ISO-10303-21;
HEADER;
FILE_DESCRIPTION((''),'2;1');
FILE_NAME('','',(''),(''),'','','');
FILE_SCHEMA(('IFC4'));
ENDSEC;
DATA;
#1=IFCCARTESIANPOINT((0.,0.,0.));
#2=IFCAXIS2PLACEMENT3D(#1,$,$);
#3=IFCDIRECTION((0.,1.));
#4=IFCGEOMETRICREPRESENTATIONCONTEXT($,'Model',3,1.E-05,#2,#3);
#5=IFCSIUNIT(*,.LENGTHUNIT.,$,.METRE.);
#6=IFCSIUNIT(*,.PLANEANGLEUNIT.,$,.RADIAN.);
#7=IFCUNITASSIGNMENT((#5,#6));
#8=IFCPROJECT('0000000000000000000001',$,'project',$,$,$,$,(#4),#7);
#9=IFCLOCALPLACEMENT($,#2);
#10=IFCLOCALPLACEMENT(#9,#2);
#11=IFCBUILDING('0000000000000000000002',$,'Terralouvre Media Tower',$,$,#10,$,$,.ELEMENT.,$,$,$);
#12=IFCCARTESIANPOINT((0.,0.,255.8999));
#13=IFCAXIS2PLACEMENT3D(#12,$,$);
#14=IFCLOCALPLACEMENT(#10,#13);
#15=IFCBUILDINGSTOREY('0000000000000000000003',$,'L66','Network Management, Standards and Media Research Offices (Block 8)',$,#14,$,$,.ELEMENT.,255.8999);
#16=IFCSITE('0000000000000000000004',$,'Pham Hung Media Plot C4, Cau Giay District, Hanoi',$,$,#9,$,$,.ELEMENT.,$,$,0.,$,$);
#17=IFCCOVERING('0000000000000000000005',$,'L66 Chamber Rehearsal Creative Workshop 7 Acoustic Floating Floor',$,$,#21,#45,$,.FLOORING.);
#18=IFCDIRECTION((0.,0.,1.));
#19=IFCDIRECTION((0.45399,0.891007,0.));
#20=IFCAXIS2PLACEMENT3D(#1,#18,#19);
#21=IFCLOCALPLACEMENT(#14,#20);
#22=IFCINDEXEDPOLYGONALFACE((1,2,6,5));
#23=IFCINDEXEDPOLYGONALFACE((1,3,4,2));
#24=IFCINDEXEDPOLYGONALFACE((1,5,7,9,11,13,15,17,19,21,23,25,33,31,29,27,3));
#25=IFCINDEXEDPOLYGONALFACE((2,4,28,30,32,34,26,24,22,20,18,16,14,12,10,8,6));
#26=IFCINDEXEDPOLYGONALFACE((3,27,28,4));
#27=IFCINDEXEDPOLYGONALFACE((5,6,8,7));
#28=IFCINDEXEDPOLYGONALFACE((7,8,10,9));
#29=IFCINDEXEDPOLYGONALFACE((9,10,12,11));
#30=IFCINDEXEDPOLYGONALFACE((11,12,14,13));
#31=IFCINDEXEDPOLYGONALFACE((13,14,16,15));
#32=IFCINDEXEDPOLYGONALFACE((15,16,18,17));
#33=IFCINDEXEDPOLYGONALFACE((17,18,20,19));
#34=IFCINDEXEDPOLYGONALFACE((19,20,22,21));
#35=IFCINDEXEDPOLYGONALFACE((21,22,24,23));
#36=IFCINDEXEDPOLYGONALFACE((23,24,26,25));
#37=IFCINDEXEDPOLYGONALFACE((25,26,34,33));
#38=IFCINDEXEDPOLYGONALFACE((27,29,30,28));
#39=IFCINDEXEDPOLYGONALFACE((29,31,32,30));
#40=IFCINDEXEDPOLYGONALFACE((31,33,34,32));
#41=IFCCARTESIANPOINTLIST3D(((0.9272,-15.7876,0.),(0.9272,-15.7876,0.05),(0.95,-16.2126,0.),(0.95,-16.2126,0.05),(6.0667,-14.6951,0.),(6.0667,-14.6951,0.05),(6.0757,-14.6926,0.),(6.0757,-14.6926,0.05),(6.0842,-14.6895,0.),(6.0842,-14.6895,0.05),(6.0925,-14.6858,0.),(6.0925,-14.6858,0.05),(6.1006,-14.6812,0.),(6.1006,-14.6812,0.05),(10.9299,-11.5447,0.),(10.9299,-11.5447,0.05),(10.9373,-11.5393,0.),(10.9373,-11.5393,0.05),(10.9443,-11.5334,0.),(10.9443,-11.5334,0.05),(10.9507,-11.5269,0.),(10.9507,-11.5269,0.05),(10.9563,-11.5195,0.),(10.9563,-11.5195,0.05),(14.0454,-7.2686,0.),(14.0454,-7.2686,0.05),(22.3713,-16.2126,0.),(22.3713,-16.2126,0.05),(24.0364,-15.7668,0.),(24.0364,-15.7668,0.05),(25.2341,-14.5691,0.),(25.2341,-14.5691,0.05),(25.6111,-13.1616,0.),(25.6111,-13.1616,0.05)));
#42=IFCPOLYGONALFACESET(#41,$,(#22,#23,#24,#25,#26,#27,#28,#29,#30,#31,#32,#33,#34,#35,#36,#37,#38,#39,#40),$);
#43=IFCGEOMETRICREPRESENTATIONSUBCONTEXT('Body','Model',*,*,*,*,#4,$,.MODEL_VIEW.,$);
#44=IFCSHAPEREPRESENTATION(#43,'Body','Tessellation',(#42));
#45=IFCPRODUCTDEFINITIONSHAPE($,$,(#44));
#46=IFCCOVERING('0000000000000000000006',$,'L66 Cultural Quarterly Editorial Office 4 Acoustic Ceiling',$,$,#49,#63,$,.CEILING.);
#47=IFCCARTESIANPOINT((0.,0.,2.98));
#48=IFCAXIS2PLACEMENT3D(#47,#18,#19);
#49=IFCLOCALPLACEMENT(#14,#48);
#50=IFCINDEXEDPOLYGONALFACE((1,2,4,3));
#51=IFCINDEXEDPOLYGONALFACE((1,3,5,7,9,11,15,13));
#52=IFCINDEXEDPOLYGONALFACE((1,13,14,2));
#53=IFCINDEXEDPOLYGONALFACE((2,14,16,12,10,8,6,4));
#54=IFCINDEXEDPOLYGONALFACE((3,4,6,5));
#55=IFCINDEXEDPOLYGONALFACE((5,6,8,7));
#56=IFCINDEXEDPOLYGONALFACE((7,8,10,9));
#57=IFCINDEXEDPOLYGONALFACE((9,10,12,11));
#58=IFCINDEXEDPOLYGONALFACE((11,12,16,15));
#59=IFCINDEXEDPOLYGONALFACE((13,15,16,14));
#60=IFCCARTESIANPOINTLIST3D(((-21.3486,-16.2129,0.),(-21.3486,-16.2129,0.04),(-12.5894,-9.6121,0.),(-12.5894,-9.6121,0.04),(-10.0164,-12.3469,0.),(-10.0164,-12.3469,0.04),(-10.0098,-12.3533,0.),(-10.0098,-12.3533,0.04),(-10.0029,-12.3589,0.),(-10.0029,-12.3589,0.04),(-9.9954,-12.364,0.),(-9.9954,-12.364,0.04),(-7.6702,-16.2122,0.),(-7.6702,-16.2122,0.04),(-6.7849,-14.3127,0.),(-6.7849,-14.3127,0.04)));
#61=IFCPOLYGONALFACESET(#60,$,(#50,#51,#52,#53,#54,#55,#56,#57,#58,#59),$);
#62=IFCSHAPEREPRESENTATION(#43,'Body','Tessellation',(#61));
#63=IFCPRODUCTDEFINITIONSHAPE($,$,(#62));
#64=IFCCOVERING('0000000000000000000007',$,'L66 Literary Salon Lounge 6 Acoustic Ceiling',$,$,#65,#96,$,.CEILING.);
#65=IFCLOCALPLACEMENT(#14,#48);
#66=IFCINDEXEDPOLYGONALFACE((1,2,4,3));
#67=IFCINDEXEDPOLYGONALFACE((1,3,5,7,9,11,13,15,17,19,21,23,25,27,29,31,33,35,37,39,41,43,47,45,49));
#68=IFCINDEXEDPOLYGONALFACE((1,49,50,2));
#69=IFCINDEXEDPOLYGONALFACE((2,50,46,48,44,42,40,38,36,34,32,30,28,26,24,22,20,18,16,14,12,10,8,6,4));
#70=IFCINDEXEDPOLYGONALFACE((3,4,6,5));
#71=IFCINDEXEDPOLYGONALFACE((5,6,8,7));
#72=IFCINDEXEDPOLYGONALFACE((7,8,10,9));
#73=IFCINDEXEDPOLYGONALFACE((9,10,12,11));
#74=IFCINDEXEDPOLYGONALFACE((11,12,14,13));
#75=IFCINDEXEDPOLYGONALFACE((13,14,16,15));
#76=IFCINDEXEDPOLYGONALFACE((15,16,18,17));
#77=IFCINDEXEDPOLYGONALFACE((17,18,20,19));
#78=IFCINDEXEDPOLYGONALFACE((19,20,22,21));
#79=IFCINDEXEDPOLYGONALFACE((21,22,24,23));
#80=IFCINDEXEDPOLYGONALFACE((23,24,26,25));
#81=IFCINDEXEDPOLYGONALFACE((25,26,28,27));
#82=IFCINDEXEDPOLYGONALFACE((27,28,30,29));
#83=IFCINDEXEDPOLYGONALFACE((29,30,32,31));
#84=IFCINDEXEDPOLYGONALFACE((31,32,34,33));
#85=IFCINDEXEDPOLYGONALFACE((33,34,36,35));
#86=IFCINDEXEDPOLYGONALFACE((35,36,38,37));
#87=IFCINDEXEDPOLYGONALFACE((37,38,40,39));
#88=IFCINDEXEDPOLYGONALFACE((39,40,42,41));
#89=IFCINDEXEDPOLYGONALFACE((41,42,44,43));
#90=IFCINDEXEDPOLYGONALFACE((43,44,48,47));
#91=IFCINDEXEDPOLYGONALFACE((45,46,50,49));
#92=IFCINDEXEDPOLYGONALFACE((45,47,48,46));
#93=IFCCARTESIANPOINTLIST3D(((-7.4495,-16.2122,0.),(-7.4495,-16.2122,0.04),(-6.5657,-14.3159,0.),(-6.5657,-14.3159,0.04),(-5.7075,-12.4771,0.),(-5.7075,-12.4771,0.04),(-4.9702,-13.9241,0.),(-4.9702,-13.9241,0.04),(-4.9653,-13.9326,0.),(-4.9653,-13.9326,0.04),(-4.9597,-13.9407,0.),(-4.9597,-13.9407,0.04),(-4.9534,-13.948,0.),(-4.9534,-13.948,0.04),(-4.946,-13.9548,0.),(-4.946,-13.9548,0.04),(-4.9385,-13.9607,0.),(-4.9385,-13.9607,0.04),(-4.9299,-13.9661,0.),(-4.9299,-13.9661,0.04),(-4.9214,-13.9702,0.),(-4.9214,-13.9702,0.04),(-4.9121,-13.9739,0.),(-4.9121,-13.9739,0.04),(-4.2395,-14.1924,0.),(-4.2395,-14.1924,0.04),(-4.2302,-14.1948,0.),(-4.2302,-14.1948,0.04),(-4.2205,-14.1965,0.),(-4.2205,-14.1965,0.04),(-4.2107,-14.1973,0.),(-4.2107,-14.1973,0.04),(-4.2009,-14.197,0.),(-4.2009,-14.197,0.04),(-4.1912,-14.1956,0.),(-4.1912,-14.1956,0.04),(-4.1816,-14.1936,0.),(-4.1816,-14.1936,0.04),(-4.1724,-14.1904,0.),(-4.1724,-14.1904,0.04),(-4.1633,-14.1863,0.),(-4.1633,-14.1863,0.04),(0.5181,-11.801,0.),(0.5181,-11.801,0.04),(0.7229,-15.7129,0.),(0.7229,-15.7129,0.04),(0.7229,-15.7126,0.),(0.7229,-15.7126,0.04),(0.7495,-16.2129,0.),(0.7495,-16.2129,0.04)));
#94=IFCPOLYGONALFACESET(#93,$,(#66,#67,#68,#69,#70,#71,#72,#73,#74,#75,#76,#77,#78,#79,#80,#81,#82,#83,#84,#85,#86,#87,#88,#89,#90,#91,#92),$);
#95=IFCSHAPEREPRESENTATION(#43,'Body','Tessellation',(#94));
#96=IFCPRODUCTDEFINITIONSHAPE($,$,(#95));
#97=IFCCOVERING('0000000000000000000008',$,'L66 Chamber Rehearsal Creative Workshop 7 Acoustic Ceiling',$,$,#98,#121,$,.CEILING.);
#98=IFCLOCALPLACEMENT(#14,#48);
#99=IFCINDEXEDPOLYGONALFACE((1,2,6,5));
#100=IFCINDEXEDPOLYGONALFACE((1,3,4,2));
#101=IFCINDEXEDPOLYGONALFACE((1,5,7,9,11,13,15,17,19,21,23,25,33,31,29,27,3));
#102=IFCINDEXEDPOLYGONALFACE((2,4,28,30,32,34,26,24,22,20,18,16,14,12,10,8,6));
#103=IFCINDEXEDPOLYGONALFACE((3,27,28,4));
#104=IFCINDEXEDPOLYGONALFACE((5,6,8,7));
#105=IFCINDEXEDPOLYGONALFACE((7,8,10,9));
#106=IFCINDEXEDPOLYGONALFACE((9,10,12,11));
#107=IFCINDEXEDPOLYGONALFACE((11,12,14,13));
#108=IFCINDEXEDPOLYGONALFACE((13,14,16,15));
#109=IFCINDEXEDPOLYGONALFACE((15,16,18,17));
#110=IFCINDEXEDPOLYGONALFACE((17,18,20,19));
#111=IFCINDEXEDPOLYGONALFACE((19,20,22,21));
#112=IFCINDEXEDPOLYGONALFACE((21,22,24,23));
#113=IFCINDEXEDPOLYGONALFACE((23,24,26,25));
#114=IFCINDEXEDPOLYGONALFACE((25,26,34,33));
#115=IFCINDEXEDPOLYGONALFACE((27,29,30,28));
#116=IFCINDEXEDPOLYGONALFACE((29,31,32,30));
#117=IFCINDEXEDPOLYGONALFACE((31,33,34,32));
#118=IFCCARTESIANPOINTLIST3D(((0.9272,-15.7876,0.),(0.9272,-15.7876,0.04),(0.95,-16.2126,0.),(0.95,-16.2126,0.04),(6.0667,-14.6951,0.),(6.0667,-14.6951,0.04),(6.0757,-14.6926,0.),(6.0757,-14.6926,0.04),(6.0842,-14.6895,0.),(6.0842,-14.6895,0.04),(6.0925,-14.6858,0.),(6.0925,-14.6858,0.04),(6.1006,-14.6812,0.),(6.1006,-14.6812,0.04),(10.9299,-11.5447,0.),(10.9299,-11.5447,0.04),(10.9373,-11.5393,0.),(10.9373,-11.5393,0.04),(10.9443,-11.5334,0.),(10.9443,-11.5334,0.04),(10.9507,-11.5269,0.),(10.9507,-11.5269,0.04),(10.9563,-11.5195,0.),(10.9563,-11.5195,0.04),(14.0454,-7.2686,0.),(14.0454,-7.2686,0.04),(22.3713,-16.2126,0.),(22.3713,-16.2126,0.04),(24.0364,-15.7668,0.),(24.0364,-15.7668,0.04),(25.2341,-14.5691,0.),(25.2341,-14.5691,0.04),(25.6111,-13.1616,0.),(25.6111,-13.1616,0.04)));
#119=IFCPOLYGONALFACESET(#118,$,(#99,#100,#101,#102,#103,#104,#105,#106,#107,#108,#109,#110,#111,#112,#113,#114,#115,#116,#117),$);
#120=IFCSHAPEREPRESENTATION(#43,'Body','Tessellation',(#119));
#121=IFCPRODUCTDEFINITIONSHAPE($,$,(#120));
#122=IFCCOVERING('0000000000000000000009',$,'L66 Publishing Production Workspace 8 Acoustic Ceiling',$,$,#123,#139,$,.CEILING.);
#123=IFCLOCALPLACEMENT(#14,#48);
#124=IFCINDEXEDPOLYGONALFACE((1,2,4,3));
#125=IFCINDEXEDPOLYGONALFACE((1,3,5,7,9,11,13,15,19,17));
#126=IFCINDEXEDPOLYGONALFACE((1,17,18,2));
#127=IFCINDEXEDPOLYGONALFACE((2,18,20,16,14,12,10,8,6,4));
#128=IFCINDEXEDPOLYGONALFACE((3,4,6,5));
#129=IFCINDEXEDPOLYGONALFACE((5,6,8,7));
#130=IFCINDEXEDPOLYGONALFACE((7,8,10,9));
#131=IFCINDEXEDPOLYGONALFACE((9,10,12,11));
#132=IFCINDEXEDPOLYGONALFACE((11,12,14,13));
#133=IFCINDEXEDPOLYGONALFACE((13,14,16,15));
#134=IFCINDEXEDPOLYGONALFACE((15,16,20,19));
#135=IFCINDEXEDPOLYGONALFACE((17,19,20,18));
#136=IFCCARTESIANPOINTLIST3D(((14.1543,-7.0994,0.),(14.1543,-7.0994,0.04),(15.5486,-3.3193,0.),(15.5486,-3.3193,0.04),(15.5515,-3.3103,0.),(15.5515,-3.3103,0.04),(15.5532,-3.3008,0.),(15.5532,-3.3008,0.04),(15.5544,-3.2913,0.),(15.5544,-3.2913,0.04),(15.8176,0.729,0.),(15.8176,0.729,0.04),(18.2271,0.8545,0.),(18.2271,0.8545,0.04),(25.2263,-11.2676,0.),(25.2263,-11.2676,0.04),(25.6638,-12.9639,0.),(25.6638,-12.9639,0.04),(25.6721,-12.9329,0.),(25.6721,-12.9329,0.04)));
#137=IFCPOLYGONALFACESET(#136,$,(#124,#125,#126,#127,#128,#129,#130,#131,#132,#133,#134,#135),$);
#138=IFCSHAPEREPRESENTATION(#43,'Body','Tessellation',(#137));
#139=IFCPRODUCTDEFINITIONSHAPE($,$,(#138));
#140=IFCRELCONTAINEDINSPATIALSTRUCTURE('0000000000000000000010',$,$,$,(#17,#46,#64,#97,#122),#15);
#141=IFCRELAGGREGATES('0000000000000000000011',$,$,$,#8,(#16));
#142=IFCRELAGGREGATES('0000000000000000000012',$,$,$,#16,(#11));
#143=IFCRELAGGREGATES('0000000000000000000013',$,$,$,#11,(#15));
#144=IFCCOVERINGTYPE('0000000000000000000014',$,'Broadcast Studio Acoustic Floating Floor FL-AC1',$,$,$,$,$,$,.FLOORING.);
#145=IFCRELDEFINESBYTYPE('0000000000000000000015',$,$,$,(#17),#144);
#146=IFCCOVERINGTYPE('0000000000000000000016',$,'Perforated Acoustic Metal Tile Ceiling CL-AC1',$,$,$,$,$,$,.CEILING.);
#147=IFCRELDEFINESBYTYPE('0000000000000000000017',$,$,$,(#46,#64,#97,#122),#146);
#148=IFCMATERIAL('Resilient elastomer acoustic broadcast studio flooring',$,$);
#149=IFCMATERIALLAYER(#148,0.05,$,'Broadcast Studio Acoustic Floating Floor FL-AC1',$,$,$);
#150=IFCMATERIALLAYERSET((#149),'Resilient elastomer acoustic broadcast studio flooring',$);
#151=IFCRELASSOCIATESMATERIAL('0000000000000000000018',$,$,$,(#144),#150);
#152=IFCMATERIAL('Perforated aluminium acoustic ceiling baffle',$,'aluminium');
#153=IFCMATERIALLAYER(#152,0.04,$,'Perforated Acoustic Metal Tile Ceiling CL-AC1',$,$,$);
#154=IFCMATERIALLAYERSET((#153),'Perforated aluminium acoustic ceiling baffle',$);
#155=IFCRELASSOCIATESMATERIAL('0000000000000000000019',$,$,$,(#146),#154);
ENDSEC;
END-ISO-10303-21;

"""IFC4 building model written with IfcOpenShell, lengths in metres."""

from ifc_helpers import new_model, si_unit, direction, frame, origin, place, context, subcontext, project, spatial, polyline, outline, extrude, material, layer, layer_set, type_object, element, save


model = new_model("IFC4")

# Units and contexts
model_context = context("Model", 3, precision=1e-05, world=origin(), true_north=direction((0.0, 1.0)))
body_context = subcontext(model_context, "Body", "Model", "MODEL_VIEW")
ifc_project = project(units=[si_unit("LENGTHUNIT", "METRE"), si_unit("PLANEANGLEUNIT", "RADIAN")], contexts=[model_context])

# Site, building, storey
site_placement = place(None, origin())
site = spatial("IfcSite", under=ifc_project, at=site_placement, Name="Pham Hung Media Plot C4, Cau Giay District, Hanoi", CompositionType="ELEMENT", RefElevation=0.0)
building_placement = place(site_placement, origin())
building = spatial("IfcBuilding", under=site, at=building_placement, Name="Terralouvre Media Tower", CompositionType="ELEMENT")
storey_placement = place(building_placement, frame((0.0, 0.0, 255.8999)))
storey = spatial("IfcBuildingStorey", under=building, at=storey_placement, Name="L66", Description="Network Management, Standards and Media Research Offices (Block 8)", CompositionType="ELEMENT", Elevation=255.8999)

# Coverings
ifc_material_1 = material(Name="Resilient elastomer acoustic broadcast studio flooring")
ifc_layer_1 = layer(ifc_material_1, 0.05, Name="Broadcast Studio Acoustic Floating Floor FL-AC1")
ifc_layer_set_1 = layer_set([ifc_layer_1], Name="Resilient elastomer acoustic broadcast studio flooring")
covering_type_1 = type_object("IfcCoveringType", Name="Broadcast Studio Acoustic Floating Floor FL-AC1", PredefinedType="FLOORING", material=ifc_layer_set_1)
covering_1_placement = place(storey_placement, frame((0.0, 0.0, 0.0), z_axis=(0.0, 0.0, 1.0), x_axis=(0.45399, 0.891007, 0.0)))
element("IfcCovering", 1, at=covering_1_placement, inside=storey, type_object=covering_type_1, Name="L66 Chamber Rehearsal Creative Workshop 7 Acoustic Floating Floor", PredefinedType="FLOORING", context=body_context, shape_type="SweptSolid", body=[
    extrude(outline(polyline([(10.9563, -11.5195), (10.9507, -11.5269), (10.9443, -11.5334), (10.9373, -11.5393), (10.9299, -11.5447), (6.1006, -14.6812), (6.0925, -14.6858), (6.0842, -14.6895), (6.0757, -14.6926), (6.0667, -14.6951), (0.9272, -15.7876), (0.95, -16.2126), (22.3713, -16.2126), (24.0364, -15.7668), (25.2341, -14.5691), (25.6111, -13.1616), (14.0454, -7.2686), (10.9563, -11.5195)])), origin(), (0.0, 0.0, 1.0), 0.05),
])
ifc_material_2 = material(Name="Perforated aluminium acoustic ceiling baffle", Category="aluminium")
ifc_layer_2 = layer(ifc_material_2, 0.04, Name="Perforated Acoustic Metal Tile Ceiling CL-AC1")
ifc_layer_set_2 = layer_set([ifc_layer_2], Name="Perforated aluminium acoustic ceiling baffle")
covering_type_2 = type_object("IfcCoveringType", Name="Perforated Acoustic Metal Tile Ceiling CL-AC1", PredefinedType="CEILING", material=ifc_layer_set_2)
covering_2_placement = place(storey_placement, frame((0.0, 0.0, 2.98), z_axis=(0.0, 0.0, 1.0), x_axis=(0.45399, 0.891007, 0.0)))
element("IfcCovering", 2, at=covering_2_placement, inside=storey, type_object=covering_type_2, Name="L66 Cultural Quarterly Editorial Office 4 Acoustic Ceiling", PredefinedType="CEILING", context=body_context, shape_type="SweptSolid", body=[
    extrude(outline(polyline([(-9.9954, -12.364), (-10.0029, -12.3589), (-10.0098, -12.3533), (-10.0164, -12.3469), (-12.5894, -9.6121), (-21.3486, -16.2129), (-7.6702, -16.2122), (-6.7849, -14.3127), (-9.9954, -12.364)])), origin(), (0.0, 0.0, 1.0), 0.04),
])
covering_3_placement = place(storey_placement, frame((0.0, 0.0, 2.98), z_axis=(0.0, 0.0, 1.0), x_axis=(0.45399, 0.891007, 0.0)))
element("IfcCovering", 3, at=covering_3_placement, inside=storey, type_object=covering_type_2, Name="L66 Literary Salon Lounge 6 Acoustic Ceiling", PredefinedType="CEILING", context=body_context, shape_type="SweptSolid", body=[
    extrude(outline(polyline([(0.7229, -15.7126), (0.5181, -11.801), (-4.1633, -14.1863), (-4.1724, -14.1904), (-4.1816, -14.1936), (-4.1912, -14.1956), (-4.2009, -14.197), (-4.2107, -14.1973), (-4.2205, -14.1965), (-4.2302, -14.1948), (-4.2395, -14.1924), (-4.9121, -13.9739), (-4.9214, -13.9702), (-4.9299, -13.9661), (-4.9385, -13.9607), (-4.946, -13.9548), (-4.9534, -13.948), (-4.9597, -13.9407), (-4.9653, -13.9326), (-4.9702, -13.9241), (-5.7075, -12.4771), (-6.5657, -14.3159), (-7.4495, -16.2122), (0.7495, -16.2129), (0.7229, -15.7129), (0.7229, -15.7126)])), origin(), (0.0, 0.0, 1.0), 0.04),
])
covering_4_placement = place(storey_placement, frame((0.0, 0.0, 2.98), z_axis=(0.0, 0.0, 1.0), x_axis=(0.45399, 0.891007, 0.0)))
element("IfcCovering", 4, at=covering_4_placement, inside=storey, type_object=covering_type_2, Name="L66 Chamber Rehearsal Creative Workshop 7 Acoustic Ceiling", PredefinedType="CEILING", context=body_context, shape_type="SweptSolid", body=[
    extrude(outline(polyline([(10.9563, -11.5195), (10.9507, -11.5269), (10.9443, -11.5334), (10.9373, -11.5393), (10.9299, -11.5447), (6.1006, -14.6812), (6.0925, -14.6858), (6.0842, -14.6895), (6.0757, -14.6926), (6.0667, -14.6951), (0.9272, -15.7876), (0.95, -16.2126), (22.3713, -16.2126), (24.0364, -15.7668), (25.2341, -14.5691), (25.6111, -13.1616), (14.0454, -7.2686), (10.9563, -11.5195)])), origin(), (0.0, 0.0, 1.0), 0.04),
])
covering_5_placement = place(storey_placement, frame((0.0, 0.0, 2.98), z_axis=(0.0, 0.0, 1.0), x_axis=(0.45399, 0.891007, 0.0)))
element("IfcCovering", 5, at=covering_5_placement, inside=storey, type_object=covering_type_2, Name="L66 Publishing Production Workspace 8 Acoustic Ceiling", PredefinedType="CEILING", context=body_context, shape_type="SweptSolid", body=[
    extrude(outline(polyline([(15.5544, -3.2913), (15.5532, -3.3008), (15.5515, -3.3103), (15.5486, -3.3193), (14.1543, -7.0994), (25.6638, -12.9639), (25.6721, -12.9329), (25.2263, -11.2676), (18.2271, 0.8545), (15.8176, 0.729), (15.5544, -3.2913)])), origin(), (0.0, 0.0, 1.0), 0.04),
])

save(model, "model.ifc")
